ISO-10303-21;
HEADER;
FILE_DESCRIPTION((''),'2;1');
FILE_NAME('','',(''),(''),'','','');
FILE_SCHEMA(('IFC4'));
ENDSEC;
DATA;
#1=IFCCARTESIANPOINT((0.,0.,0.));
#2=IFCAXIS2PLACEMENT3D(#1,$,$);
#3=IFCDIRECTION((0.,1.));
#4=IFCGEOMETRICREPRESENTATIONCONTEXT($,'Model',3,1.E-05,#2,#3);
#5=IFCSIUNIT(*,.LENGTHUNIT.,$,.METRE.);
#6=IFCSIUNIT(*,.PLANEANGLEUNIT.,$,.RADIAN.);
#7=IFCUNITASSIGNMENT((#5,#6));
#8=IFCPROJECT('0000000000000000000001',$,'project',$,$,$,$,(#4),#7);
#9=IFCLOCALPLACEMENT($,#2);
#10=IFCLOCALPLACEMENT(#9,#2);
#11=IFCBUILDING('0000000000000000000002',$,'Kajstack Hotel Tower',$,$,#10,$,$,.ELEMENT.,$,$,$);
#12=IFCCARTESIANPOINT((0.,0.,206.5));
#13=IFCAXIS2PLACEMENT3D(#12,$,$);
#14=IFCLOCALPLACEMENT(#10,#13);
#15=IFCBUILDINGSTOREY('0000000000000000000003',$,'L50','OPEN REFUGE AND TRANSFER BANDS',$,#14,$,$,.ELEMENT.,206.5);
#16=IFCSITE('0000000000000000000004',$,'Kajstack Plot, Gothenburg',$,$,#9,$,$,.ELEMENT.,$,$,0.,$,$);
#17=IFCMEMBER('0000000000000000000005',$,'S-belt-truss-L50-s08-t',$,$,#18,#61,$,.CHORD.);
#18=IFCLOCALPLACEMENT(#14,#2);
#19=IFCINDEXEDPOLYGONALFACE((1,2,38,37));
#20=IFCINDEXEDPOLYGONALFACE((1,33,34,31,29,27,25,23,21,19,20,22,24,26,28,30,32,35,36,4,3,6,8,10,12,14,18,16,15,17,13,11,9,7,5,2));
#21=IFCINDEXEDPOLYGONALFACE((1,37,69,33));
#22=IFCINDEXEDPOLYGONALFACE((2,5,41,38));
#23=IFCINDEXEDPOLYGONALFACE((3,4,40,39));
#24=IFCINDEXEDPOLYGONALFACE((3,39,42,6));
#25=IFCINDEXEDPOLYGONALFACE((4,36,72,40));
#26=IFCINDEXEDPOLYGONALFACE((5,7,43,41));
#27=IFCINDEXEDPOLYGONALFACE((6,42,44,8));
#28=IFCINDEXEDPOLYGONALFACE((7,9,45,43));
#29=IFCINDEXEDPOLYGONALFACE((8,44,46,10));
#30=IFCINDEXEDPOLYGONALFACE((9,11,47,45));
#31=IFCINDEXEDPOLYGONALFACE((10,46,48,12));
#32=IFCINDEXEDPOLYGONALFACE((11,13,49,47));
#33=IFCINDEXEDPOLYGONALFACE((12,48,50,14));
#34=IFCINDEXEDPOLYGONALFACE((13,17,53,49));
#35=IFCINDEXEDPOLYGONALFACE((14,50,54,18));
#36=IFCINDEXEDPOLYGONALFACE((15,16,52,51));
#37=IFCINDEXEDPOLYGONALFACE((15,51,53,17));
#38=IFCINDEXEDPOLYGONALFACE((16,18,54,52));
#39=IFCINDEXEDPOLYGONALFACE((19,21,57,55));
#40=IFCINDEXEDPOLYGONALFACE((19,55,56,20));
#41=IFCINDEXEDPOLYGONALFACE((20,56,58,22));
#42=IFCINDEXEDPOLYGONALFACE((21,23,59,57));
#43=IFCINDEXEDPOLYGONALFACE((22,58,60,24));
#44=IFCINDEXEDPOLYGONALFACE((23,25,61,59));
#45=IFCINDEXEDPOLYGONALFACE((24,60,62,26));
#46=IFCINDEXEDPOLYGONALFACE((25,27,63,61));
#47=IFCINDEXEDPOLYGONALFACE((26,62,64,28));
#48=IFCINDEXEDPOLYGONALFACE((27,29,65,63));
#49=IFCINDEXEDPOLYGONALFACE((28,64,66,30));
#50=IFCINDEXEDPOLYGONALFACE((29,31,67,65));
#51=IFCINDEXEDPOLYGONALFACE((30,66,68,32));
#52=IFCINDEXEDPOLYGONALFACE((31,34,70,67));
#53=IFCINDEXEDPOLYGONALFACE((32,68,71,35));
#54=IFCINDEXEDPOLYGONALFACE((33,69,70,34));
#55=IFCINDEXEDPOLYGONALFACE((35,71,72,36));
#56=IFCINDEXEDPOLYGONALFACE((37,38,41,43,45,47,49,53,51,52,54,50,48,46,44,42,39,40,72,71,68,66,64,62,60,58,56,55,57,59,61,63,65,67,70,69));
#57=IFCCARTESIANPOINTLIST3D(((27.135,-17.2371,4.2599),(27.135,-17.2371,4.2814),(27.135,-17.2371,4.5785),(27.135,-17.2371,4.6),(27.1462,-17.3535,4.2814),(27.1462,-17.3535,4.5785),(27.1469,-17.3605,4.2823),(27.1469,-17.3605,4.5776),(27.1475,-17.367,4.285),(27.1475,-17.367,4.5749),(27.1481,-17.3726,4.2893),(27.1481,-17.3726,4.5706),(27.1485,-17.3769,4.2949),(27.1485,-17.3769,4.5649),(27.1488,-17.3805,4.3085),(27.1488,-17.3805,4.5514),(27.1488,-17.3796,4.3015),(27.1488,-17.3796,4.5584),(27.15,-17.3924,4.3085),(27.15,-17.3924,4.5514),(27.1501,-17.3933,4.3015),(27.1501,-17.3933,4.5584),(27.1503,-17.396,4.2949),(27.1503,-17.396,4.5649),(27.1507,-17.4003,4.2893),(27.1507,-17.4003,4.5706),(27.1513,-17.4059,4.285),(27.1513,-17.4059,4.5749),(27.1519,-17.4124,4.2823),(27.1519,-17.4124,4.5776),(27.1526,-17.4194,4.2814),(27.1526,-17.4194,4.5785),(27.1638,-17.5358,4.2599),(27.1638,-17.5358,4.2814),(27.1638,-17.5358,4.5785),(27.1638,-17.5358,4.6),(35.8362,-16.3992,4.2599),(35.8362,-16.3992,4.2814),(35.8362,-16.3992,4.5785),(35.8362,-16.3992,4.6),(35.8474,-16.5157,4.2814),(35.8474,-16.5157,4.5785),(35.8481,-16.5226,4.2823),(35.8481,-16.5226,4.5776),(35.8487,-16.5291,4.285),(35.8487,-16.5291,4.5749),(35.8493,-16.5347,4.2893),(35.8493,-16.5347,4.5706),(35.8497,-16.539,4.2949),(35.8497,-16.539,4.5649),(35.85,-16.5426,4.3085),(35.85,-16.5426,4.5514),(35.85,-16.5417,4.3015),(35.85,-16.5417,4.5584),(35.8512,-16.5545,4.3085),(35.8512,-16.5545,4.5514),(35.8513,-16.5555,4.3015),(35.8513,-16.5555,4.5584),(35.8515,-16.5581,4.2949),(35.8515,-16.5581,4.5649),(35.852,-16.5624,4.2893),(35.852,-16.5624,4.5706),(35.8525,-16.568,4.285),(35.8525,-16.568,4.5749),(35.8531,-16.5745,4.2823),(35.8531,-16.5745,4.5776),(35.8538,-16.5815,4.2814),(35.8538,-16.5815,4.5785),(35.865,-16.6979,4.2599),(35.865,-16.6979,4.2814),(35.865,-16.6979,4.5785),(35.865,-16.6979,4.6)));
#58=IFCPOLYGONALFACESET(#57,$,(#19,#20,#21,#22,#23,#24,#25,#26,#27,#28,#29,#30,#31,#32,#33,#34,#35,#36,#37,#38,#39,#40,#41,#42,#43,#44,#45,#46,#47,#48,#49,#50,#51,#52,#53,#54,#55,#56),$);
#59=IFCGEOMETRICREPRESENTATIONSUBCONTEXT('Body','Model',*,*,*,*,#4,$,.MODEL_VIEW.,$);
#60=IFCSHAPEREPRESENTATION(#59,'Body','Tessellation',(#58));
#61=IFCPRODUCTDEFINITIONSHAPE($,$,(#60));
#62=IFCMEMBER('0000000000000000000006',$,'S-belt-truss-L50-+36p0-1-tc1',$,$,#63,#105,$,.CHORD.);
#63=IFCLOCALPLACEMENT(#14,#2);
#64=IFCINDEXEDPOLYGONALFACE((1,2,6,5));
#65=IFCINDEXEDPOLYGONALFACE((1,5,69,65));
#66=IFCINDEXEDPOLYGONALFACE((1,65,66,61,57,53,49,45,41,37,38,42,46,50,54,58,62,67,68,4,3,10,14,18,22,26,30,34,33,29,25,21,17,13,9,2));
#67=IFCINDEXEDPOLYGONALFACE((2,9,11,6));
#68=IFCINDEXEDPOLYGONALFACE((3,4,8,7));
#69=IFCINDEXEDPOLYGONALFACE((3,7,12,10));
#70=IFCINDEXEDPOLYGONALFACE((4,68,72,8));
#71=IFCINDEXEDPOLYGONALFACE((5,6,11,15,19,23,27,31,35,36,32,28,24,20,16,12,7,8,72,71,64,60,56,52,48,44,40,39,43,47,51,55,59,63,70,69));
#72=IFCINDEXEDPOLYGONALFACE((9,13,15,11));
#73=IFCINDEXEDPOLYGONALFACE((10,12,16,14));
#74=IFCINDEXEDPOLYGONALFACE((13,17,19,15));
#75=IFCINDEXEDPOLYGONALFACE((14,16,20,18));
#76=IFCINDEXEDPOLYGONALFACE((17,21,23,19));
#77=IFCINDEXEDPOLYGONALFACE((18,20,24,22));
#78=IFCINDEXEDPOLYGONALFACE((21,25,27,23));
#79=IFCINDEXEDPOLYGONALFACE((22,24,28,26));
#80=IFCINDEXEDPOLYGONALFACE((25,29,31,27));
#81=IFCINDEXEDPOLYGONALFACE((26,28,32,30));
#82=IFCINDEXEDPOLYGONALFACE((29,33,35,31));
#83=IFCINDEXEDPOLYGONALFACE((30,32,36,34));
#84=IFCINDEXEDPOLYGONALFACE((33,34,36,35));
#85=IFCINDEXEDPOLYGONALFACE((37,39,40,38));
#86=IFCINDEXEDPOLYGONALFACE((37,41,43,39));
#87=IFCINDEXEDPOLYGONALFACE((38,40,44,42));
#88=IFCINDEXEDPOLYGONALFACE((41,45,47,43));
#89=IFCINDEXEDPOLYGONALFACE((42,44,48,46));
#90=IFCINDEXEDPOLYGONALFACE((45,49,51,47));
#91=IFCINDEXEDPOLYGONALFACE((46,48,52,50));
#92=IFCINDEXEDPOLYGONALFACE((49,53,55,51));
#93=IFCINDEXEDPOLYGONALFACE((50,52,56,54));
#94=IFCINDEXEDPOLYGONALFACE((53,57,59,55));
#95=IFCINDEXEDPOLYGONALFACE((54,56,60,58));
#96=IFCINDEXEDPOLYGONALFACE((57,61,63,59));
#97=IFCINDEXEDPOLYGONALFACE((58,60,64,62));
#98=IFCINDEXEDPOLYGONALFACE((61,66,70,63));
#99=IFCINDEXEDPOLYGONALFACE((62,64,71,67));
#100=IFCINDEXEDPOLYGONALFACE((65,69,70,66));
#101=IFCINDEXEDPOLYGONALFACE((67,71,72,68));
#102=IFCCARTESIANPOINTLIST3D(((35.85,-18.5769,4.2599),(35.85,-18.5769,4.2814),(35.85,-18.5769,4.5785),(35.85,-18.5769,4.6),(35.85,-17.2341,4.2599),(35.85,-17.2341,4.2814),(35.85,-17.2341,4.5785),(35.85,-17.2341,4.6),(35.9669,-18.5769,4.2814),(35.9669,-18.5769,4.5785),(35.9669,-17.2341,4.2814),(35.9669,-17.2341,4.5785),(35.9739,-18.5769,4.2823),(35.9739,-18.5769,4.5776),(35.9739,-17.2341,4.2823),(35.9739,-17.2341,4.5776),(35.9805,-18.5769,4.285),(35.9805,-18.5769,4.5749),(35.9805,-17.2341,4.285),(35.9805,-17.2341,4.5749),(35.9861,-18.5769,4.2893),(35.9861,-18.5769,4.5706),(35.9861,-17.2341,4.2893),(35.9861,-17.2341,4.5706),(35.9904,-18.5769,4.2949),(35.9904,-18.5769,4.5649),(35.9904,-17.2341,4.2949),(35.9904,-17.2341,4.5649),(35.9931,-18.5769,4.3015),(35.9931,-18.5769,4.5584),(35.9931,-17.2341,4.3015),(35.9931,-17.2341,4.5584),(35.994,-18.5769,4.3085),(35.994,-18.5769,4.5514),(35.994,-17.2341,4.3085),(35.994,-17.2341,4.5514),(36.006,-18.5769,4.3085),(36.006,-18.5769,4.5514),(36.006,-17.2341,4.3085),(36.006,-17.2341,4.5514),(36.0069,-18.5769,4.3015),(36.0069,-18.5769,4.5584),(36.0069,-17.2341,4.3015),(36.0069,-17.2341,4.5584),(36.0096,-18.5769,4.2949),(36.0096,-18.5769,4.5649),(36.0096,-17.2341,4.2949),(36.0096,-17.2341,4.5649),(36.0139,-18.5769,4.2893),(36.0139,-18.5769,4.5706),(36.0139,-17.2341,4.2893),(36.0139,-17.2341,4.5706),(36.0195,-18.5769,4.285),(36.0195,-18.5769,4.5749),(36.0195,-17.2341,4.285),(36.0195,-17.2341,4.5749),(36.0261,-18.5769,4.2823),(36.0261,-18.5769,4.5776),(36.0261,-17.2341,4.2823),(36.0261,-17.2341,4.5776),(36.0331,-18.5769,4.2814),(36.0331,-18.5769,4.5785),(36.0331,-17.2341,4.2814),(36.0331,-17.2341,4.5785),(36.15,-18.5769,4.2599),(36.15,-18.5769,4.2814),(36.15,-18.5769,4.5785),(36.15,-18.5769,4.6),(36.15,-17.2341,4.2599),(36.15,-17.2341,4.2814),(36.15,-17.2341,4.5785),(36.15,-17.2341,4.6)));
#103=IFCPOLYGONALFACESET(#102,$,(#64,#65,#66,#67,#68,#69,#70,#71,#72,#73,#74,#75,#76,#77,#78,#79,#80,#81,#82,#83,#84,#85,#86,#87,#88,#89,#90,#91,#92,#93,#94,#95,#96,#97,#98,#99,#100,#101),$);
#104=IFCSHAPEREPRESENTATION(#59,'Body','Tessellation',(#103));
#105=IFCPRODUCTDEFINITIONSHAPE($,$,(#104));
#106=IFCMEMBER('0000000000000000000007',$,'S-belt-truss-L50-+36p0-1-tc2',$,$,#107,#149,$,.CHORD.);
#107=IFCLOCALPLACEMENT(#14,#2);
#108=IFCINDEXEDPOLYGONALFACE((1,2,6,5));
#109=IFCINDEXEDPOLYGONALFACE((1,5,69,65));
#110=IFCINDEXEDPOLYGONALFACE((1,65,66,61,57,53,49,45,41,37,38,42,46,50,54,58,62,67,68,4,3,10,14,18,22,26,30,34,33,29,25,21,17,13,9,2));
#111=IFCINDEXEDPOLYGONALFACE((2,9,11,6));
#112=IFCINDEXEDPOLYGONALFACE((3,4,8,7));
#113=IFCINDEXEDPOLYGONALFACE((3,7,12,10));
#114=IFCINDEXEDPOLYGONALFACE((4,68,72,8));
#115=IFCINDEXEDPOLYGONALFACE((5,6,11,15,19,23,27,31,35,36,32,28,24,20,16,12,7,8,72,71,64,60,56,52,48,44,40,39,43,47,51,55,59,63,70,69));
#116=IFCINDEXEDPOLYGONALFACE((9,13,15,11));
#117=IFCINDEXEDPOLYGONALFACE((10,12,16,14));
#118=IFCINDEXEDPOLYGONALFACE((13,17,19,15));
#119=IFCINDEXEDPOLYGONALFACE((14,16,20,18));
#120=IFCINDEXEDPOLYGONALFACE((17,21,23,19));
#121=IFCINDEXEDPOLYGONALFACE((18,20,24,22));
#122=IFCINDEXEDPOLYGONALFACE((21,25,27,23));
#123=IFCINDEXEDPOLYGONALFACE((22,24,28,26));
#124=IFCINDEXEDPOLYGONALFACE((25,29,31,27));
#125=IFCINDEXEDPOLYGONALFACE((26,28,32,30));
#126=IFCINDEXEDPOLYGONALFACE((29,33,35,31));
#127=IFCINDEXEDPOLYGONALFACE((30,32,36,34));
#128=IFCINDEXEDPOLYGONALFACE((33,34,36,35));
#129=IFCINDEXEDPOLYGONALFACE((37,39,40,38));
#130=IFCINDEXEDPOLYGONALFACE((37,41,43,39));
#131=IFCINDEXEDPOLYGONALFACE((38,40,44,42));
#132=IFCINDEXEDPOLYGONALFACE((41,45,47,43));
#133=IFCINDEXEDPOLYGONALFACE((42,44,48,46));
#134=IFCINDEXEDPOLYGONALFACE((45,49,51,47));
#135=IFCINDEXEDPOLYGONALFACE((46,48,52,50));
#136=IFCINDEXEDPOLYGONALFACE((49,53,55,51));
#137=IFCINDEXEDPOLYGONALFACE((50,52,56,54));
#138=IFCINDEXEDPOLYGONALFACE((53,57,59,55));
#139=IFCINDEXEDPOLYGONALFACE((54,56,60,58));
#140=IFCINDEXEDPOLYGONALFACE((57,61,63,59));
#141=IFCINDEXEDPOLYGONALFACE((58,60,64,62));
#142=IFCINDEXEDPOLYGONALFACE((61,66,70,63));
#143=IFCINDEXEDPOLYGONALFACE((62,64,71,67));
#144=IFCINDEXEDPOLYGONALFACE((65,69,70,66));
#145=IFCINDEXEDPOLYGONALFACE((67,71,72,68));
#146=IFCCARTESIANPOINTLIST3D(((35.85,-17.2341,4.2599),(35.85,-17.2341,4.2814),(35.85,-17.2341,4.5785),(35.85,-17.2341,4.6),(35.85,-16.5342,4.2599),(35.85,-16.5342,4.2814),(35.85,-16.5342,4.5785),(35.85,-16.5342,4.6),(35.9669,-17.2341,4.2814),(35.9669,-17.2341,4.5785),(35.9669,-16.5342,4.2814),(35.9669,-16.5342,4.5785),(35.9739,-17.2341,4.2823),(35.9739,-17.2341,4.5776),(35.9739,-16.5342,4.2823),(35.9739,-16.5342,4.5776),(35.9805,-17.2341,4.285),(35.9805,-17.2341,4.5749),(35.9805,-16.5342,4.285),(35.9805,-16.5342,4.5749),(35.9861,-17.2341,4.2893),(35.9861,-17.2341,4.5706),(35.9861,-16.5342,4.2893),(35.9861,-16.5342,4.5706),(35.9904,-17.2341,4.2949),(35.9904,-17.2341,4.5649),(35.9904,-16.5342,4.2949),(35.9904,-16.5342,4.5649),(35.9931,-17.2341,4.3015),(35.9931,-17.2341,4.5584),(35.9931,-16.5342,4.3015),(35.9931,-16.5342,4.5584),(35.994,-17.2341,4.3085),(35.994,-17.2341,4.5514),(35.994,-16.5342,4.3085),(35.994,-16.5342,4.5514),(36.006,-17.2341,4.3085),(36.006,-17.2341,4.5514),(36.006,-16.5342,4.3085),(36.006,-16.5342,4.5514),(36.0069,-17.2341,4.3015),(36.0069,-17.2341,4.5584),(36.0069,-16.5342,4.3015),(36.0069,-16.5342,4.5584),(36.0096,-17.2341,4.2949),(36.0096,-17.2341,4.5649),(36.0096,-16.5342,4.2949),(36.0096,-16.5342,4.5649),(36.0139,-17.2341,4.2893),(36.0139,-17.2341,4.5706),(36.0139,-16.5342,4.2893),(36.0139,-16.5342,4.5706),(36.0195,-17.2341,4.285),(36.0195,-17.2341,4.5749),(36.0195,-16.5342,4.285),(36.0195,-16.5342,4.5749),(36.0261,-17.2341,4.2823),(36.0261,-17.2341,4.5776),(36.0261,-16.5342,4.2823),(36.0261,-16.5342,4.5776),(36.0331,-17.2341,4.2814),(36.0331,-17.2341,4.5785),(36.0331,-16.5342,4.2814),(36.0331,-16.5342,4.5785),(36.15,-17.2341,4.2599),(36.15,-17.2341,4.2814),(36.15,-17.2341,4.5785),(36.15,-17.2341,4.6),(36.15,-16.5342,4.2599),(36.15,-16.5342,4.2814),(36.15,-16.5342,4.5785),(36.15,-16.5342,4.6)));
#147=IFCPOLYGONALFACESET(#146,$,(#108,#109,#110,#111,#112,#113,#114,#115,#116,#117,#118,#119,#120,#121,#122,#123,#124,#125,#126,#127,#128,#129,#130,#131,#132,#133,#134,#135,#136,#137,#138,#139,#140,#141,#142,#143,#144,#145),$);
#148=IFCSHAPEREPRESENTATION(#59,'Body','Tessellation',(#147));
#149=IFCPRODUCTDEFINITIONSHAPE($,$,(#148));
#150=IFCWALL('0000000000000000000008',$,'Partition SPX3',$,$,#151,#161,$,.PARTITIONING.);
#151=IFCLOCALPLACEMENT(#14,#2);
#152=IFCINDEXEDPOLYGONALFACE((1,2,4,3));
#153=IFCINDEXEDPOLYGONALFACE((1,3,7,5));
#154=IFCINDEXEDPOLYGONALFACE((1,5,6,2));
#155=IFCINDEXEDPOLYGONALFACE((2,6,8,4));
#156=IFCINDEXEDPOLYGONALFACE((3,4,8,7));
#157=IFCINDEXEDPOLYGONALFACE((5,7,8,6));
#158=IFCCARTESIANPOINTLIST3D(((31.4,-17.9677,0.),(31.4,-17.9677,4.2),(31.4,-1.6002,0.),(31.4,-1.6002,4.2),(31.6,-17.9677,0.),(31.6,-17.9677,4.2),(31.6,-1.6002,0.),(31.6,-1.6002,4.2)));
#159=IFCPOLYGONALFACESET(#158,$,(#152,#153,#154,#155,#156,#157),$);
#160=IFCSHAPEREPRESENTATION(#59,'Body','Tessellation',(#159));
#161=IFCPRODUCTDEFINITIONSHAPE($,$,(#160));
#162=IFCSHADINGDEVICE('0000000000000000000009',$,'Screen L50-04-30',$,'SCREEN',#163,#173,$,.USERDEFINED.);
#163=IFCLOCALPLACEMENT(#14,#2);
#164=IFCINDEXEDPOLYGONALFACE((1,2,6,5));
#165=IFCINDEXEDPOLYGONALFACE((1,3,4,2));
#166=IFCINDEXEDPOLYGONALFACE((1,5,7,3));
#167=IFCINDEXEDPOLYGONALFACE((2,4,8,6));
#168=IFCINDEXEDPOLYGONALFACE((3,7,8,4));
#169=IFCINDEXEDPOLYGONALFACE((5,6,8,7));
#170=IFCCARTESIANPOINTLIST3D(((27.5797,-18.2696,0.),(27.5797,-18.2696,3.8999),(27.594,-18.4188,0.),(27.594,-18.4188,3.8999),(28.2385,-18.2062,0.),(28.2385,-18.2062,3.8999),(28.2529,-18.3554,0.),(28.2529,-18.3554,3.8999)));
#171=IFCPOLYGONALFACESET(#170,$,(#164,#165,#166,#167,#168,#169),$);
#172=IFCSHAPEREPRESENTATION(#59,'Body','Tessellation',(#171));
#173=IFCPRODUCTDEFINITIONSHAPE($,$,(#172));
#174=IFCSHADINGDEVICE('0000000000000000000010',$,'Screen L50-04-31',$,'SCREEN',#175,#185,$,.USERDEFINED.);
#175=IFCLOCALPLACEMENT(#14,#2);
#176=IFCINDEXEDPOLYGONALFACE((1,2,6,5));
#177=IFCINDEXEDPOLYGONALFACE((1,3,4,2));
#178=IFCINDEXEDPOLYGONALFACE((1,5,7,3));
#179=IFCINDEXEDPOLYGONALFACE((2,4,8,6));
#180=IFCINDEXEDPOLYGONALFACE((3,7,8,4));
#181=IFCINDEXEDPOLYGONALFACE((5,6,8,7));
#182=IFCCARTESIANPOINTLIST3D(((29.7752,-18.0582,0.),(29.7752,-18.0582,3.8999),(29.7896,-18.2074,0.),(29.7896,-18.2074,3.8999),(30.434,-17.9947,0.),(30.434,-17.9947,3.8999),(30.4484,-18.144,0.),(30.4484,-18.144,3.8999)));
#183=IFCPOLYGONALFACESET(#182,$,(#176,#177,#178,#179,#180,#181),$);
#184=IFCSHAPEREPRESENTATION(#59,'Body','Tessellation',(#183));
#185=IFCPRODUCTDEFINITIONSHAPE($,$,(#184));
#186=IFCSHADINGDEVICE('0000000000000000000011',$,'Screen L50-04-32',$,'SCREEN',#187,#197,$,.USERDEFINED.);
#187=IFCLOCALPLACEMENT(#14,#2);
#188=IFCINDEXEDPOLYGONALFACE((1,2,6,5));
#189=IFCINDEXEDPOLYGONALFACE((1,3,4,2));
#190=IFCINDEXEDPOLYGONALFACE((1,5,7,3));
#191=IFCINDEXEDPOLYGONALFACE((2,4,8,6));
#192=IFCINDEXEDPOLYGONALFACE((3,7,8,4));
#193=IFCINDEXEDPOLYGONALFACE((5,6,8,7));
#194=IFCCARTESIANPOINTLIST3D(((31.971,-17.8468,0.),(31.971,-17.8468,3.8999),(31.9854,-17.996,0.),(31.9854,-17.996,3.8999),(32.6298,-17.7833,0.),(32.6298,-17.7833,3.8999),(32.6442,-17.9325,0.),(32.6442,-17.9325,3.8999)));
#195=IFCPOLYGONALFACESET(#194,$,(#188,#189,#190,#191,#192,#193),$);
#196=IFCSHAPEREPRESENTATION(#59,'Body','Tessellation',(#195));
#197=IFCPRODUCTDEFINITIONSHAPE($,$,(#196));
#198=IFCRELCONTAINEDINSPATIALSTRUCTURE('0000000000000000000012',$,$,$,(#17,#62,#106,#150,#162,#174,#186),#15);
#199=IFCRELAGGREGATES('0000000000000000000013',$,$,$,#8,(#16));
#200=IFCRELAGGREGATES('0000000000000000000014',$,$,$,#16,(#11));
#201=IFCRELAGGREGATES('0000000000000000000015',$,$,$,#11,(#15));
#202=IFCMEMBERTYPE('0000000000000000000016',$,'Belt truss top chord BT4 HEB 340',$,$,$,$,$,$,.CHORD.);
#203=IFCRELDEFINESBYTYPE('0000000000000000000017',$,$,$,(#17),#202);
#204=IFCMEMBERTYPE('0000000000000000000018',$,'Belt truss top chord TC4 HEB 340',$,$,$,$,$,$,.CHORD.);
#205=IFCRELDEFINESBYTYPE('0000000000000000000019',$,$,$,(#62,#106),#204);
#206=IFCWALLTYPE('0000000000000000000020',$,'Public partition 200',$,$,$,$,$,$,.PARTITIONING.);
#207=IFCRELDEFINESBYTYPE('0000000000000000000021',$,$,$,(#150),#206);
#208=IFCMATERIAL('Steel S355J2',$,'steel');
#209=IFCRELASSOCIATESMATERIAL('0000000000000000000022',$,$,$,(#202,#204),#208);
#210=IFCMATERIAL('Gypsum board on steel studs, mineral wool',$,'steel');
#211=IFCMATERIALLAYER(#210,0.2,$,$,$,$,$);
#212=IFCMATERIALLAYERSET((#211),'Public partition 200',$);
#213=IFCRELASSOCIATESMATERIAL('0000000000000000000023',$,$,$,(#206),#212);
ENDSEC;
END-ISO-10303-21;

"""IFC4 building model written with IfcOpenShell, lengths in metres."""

from ifc_helpers import new_model, si_unit, direction, frame, frame_2d, origin, origin_2d, place, context, subcontext, project, spatial, rectangle, i_section, extrude, material, layer, layer_set, material_profile, profile_set, type_object, element, save


model = new_model("IFC4")

# Units and contexts
model_context = context("Model", 3, precision=1e-05, world=origin(), true_north=direction((0.0, 1.0)))
body_context = subcontext(model_context, "Body", "Model", "MODEL_VIEW")
ifc_project = project(units=[si_unit("LENGTHUNIT", "METRE"), si_unit("PLANEANGLEUNIT", "RADIAN")], contexts=[model_context])

# Site, building, storey
site_placement = place(None, origin())
site = spatial("IfcSite", under=ifc_project, at=site_placement, Name="Kajstack Plot, Gothenburg", CompositionType="ELEMENT", RefElevation=0.0)
building_placement = place(site_placement, origin())
building = spatial("IfcBuilding", under=site, at=building_placement, Name="Kajstack Hotel Tower", CompositionType="ELEMENT")
storey_placement = place(building_placement, frame((0.0, 0.0, 206.5)))
storey = spatial("IfcBuildingStorey", under=building, at=storey_placement, Name="L50", Description="OPEN REFUGE AND TRANSFER BANDS", CompositionType="ELEMENT", Elevation=206.5)

# Members
ifc_material_1 = material(Name="Steel S355J2", Category="steel")
ifc_material_profile_1 = material_profile(ifc_material_1, i_section(OverallWidth=0.3, OverallDepth=0.3401, WebThickness=0.012, FlangeThickness=0.0215, FilletRadius=0.0271, at=origin_2d()), Name="HEB 340")
ifc_profile_set_1 = profile_set([ifc_material_profile_1], Name="Steel S355J2")
member_type_1 = type_object("IfcMemberType", Name="Belt truss top chord BT4 HEB 340", PredefinedType="CHORD", material=ifc_profile_set_1)
member_1_placement = place(storey_placement, frame((27.1494, -17.3865, 4.4299), z_axis=(0.995396, 0.095853, 0.0), x_axis=(-0.095853, 0.995396, 0.0)))
element("IfcMember", 1, at=member_1_placement, inside=storey, type_object=member_type_1, Name="S-belt-truss-L50-s08-t", PredefinedType="CHORD", context=body_context, shape_type="SweptSolid", body=[
    extrude(i_section(OverallWidth=0.3, OverallDepth=0.3401, WebThickness=0.012, FlangeThickness=0.0215, FilletRadius=0.0271, at=origin_2d()), origin(), (0.0, 0.0, 1.0), 8.7415),
])
ifc_material_profile_2 = material_profile(ifc_material_1, i_section(OverallWidth=0.3, OverallDepth=0.3401, WebThickness=0.012, FlangeThickness=0.0215, FilletRadius=0.0271, at=origin_2d()), Name="HEB 340")
ifc_profile_set_2 = profile_set([ifc_material_profile_2], Name="Steel S355J2")
member_type_2 = type_object("IfcMemberType", Name="Belt truss top chord TC4 HEB 340", PredefinedType="CHORD", material=ifc_profile_set_2)
member_2_placement = place(storey_placement, frame((36.0, -18.5769, 4.4299), z_axis=(0.0, 1.0, 0.0), x_axis=(-1.0, 0.0, 0.0)))
element("IfcMember", 2, at=member_2_placement, inside=storey, type_object=member_type_2, Name="S-belt-truss-L50-+36p0-1-tc1", PredefinedType="CHORD", context=body_context, shape_type="SweptSolid", body=[
    extrude(i_section(OverallWidth=0.3, OverallDepth=0.3401, WebThickness=0.012, FlangeThickness=0.0215, FilletRadius=0.0271, at=origin_2d()), origin(), (0.0, 0.0, 1.0), 1.3428),
])
member_3_placement = place(storey_placement, frame((36.0, -17.2341, 4.4299), z_axis=(0.0, 1.0, 0.0), x_axis=(-1.0, 0.0, 0.0)))
element("IfcMember", 3, at=member_3_placement, inside=storey, type_object=member_type_2, Name="S-belt-truss-L50-+36p0-1-tc2", PredefinedType="CHORD", context=body_context, shape_type="SweptSolid", body=[
    extrude(i_section(OverallWidth=0.3, OverallDepth=0.3401, WebThickness=0.012, FlangeThickness=0.0215, FilletRadius=0.0271, at=origin_2d()), origin(), (0.0, 0.0, 1.0), 0.7),
])

# Wall
ifc_material_2 = material(Name="Gypsum board on steel studs, mineral wool", Category="steel")
ifc_layer_1 = layer(ifc_material_2, 0.2)
ifc_layer_set_1 = layer_set([ifc_layer_1], Name="Public partition 200")
wall_type = type_object("IfcWallType", Name="Public partition 200", PredefinedType="PARTITIONING", material=ifc_layer_set_1)
wall_placement = place(storey_placement, frame((31.5, -17.9675, 0.0), z_axis=(0.0, 0.0, 1.0), x_axis=(0.0, 1.0, 0.0)))
element("IfcWall", 4, at=wall_placement, inside=storey, type_object=wall_type, Name="Partition SPX3", PredefinedType="PARTITIONING", context=body_context, shape_type="SweptSolid", body=[
    extrude(rectangle(XDim=16.3674, YDim=0.2, at=frame_2d((8.1836, 0.0))), origin(), (0.0, 0.0, 1.0), 4.2),
])

# Shading devices
for number, where, z_axis, x_axis, name in (
    (5, (27.9163, -18.3125, 0.0), (0.0, 0.0, 1.0), (0.995396, 0.095845, 0.0), "Screen L50-04-30"),
    (6, (30.1118, -18.1011, 0.0), (0.0, 0.0, 1.0), (0.995396, 0.095845, 0.0), "Screen L50-04-31"),
    (7, (32.3076, -17.8896, 0.0), (0.0, 0.0, 1.0), (0.995396, 0.095845, 0.0), "Screen L50-04-32"),
):
    element("IfcShadingDevice", number, at=place(storey_placement, frame(where, z_axis=z_axis, x_axis=x_axis)), inside=storey, Name=name, ObjectType="SCREEN", PredefinedType="USERDEFINED", context=body_context, shape_type="SweptSolid", body=[
        extrude(rectangle(XDim=0.6619, YDim=0.1499, at=origin_2d()), origin(), (0.0, 0.0, 1.0), 3.8999),
    ])

save(model, "model.ifc")
